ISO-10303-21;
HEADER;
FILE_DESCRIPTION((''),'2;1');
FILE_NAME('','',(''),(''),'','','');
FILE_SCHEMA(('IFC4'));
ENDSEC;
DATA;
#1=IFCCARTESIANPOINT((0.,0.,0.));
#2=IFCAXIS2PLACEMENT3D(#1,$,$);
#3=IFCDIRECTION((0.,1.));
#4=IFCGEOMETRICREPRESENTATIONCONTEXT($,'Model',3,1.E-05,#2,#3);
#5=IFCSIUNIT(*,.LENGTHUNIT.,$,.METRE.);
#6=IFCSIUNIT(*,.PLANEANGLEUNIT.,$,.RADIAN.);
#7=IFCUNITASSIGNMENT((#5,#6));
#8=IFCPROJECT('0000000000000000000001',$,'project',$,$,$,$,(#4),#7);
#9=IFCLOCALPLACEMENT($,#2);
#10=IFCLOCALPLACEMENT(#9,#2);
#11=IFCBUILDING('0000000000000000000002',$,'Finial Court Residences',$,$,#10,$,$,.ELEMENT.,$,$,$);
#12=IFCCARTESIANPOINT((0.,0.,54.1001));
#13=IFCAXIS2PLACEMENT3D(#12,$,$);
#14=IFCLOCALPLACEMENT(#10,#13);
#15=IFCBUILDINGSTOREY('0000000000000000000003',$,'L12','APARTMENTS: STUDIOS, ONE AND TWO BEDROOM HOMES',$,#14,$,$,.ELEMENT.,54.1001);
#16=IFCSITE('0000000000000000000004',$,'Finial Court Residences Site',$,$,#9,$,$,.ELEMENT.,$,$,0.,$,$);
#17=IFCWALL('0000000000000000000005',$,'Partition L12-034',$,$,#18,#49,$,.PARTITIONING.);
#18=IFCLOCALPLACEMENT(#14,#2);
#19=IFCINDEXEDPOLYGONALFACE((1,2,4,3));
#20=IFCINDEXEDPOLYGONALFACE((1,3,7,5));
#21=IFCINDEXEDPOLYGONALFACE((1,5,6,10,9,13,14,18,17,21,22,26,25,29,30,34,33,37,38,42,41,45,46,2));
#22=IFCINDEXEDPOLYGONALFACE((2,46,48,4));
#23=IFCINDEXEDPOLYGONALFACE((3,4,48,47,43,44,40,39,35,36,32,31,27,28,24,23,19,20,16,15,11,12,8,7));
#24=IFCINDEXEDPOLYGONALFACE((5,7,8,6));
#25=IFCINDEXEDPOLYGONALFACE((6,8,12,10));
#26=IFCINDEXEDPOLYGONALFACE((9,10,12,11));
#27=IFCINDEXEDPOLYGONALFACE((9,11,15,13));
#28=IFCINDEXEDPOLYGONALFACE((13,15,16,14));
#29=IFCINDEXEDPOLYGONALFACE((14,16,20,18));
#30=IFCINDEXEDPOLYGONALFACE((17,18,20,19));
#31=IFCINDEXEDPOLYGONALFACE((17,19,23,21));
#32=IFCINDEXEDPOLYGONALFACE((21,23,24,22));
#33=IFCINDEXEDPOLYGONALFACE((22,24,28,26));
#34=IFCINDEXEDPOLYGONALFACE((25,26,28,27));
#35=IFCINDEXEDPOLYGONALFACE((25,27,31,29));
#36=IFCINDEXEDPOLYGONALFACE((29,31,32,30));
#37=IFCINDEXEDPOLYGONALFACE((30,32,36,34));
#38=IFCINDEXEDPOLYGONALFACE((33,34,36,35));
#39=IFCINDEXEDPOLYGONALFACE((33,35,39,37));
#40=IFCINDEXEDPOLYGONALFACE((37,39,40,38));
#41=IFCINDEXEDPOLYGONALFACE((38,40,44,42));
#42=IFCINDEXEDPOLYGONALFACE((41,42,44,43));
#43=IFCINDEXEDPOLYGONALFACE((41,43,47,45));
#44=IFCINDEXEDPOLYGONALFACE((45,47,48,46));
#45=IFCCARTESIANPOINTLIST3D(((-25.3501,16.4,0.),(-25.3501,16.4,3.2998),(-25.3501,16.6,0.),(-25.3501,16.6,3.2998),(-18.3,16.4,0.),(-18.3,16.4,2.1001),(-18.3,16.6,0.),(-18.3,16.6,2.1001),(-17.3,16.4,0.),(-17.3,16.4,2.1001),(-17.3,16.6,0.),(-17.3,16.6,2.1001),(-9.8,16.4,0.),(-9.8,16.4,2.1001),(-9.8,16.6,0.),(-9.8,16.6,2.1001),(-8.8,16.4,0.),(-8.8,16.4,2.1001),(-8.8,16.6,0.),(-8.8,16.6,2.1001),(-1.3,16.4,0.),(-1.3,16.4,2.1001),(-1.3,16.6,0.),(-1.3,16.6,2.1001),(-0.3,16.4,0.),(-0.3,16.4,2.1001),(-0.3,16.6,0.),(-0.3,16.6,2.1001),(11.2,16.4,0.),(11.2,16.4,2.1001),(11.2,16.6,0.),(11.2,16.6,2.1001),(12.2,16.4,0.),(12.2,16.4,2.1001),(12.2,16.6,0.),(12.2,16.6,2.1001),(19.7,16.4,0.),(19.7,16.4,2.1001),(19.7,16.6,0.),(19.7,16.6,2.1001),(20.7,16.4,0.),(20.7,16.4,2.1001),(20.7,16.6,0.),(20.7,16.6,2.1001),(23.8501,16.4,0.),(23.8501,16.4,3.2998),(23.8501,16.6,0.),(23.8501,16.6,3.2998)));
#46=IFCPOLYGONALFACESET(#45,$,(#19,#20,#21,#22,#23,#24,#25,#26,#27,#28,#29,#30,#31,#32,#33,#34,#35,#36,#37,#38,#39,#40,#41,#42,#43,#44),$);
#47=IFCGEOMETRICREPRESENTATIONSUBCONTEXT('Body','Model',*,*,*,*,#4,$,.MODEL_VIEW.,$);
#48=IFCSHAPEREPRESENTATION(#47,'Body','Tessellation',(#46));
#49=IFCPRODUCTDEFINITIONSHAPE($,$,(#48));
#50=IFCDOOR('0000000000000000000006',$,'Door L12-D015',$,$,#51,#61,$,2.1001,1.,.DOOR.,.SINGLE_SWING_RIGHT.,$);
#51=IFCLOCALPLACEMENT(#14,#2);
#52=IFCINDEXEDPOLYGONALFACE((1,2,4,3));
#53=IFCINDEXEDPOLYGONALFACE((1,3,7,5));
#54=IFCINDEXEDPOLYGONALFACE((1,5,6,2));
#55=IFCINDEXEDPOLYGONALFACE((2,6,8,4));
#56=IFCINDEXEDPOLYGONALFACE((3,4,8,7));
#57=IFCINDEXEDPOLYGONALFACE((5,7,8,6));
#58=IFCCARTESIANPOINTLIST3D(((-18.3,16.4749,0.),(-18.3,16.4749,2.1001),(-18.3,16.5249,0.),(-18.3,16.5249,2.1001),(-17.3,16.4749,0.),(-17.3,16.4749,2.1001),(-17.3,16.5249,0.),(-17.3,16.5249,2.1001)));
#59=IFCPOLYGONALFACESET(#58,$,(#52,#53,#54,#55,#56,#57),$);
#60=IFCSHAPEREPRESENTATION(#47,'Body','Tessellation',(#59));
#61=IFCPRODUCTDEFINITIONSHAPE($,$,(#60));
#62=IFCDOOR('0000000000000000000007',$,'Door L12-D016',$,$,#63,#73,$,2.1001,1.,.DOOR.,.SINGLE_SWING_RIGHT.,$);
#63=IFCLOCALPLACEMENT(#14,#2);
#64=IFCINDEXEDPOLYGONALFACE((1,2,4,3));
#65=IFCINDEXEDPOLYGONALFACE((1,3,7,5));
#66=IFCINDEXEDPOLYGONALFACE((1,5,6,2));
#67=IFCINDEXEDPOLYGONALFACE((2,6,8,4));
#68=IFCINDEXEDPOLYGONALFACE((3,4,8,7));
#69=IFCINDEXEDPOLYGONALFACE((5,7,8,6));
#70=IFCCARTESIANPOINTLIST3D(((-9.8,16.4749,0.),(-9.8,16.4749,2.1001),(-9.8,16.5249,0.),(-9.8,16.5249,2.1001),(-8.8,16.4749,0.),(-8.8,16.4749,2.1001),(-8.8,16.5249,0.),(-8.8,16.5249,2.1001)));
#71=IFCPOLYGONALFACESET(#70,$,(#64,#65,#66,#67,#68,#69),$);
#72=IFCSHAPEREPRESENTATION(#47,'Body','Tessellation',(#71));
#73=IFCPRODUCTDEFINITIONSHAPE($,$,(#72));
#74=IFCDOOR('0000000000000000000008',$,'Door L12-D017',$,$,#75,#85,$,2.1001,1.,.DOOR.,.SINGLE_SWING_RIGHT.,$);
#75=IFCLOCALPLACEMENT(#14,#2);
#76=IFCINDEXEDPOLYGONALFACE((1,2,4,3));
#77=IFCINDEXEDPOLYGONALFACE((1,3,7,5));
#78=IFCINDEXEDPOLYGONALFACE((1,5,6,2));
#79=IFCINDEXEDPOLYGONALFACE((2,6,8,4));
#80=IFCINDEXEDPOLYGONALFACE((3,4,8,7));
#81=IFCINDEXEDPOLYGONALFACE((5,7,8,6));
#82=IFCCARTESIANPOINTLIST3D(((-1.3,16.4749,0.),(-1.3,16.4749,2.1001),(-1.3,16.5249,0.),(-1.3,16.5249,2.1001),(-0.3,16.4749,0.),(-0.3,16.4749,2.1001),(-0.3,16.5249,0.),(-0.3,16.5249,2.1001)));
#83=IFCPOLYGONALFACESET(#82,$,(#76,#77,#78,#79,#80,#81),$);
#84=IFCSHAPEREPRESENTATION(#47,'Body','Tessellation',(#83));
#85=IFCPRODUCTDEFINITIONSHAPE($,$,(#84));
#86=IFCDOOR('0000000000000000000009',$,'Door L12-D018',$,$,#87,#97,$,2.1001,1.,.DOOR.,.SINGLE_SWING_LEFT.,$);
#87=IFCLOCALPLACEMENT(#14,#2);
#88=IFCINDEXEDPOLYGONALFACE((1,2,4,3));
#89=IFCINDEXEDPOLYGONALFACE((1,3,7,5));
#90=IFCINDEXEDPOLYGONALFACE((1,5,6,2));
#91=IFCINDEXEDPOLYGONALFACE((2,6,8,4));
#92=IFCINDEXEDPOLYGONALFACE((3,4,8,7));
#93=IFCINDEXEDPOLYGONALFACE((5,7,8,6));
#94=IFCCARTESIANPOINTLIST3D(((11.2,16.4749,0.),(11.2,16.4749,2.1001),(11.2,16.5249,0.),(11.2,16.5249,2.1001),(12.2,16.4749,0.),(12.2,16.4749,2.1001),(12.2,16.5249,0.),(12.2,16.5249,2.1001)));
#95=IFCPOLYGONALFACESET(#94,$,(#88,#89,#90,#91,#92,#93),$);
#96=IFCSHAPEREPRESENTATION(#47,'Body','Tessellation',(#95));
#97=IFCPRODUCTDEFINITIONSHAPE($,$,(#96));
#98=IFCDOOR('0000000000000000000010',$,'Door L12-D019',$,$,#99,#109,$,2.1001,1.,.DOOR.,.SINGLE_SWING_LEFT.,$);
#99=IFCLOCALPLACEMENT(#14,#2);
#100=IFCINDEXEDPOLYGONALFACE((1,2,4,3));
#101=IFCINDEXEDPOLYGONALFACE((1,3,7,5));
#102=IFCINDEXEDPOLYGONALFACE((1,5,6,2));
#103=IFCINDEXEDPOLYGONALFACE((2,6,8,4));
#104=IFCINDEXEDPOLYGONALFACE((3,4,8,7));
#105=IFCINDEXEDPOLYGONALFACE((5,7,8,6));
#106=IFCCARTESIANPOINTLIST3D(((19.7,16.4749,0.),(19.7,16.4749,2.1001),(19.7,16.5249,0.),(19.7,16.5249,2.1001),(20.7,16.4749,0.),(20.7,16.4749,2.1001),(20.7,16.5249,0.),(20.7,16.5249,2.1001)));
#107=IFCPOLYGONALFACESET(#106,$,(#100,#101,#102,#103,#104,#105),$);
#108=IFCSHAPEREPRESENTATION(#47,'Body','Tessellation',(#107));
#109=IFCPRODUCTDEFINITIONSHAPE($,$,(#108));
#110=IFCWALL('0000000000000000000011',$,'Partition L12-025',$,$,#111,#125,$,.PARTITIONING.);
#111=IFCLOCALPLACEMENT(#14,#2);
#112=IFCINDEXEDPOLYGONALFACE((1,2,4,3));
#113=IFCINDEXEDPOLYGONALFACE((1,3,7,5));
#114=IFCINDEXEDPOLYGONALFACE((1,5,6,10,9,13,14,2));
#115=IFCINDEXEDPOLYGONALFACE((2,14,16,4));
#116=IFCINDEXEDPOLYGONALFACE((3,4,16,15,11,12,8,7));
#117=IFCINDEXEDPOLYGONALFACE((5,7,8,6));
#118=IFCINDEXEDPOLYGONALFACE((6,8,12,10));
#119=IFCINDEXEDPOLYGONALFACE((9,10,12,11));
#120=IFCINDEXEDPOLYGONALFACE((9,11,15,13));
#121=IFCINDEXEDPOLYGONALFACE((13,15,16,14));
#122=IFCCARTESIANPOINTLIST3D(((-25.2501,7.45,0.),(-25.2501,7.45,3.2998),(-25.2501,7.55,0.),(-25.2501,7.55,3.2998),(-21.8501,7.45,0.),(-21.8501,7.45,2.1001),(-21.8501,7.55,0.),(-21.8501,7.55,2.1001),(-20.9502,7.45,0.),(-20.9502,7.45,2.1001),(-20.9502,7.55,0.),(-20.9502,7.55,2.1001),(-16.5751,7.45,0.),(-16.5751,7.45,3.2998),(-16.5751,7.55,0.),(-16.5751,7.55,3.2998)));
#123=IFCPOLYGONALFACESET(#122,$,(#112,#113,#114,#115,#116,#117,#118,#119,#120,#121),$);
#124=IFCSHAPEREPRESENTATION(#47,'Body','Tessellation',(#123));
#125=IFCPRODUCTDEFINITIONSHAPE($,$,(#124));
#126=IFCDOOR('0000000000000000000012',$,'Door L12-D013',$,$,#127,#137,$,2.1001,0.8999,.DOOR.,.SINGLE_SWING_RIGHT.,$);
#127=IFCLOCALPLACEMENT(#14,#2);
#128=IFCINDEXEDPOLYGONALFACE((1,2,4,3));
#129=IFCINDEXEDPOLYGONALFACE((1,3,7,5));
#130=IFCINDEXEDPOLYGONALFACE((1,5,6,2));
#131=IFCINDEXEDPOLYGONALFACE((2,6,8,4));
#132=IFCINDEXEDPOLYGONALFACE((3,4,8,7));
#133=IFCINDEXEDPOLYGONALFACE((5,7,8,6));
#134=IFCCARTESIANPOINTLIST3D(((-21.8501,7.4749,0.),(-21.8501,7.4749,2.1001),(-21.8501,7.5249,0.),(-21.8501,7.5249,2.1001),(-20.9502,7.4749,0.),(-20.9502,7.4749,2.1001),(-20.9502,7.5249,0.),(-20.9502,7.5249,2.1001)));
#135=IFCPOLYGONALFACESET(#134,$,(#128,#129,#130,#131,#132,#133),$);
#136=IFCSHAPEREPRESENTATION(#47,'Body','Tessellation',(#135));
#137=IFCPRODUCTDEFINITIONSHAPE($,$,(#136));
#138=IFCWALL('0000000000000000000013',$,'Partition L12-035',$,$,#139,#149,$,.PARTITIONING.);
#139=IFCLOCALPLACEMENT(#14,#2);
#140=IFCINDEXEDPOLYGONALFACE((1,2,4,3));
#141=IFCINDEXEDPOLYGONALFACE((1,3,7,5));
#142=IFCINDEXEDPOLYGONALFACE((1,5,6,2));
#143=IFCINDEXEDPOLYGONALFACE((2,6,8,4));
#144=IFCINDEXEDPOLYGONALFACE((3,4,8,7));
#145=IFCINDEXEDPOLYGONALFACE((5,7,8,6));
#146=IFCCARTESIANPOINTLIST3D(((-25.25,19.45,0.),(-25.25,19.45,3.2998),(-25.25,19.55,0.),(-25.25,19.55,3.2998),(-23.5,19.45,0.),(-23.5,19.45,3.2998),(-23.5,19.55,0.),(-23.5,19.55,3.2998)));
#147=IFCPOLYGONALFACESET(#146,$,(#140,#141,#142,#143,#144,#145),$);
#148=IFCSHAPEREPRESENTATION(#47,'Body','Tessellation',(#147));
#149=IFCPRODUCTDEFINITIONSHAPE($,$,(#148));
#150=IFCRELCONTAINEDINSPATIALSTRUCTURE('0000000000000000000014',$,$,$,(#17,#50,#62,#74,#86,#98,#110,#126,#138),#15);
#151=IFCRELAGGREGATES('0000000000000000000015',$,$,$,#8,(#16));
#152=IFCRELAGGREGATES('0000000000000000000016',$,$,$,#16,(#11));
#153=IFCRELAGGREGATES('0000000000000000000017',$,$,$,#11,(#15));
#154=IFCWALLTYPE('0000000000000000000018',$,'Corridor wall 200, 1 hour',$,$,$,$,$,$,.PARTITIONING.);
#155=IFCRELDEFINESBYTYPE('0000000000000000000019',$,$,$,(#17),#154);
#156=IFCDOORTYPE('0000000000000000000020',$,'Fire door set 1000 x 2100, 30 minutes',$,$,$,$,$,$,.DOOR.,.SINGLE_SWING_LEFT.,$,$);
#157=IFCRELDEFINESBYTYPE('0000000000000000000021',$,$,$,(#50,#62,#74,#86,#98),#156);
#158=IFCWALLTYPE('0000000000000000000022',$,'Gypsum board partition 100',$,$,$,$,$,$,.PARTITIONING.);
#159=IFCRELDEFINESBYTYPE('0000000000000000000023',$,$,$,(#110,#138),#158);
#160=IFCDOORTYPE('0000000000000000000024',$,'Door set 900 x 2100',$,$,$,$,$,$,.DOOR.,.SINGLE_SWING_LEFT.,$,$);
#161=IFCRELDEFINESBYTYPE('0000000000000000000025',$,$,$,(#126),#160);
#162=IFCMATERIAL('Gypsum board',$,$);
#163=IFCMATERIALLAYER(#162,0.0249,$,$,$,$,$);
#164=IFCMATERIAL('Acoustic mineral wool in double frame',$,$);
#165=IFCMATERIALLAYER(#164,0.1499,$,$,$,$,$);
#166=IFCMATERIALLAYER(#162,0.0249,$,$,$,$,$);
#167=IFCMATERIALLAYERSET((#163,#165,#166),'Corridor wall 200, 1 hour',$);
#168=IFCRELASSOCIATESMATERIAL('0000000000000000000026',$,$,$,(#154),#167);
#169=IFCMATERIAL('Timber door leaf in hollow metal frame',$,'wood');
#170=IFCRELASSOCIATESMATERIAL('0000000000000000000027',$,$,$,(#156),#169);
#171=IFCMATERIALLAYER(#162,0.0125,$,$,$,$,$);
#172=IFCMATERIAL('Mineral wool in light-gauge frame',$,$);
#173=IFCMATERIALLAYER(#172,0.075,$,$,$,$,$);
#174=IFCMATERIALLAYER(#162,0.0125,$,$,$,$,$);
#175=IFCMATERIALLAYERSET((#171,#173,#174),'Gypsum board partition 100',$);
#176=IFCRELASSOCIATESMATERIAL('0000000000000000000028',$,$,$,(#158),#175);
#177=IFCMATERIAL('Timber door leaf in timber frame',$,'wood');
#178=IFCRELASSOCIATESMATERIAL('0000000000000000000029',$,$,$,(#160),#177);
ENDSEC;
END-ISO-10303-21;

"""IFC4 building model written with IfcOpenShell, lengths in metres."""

from ifc_helpers import new_model, si_unit, direction, frame, frame_2d, origin, place, context, subcontext, project, spatial, rectangle, extrude, material, layer, layer_set, type_object, element, fill, save


model = new_model("IFC4")

# Units and contexts
model_context = context("Model", 3, precision=1e-05, world=origin(), true_north=direction((0.0, 1.0)))
body_context = subcontext(model_context, "Body", "Model", "MODEL_VIEW")
ifc_project = project(units=[si_unit("LENGTHUNIT", "METRE"), si_unit("PLANEANGLEUNIT", "RADIAN")], contexts=[model_context])

# Site, building, storey
site_placement = place(None, origin())
site = spatial("IfcSite", under=ifc_project, at=site_placement, Name="Finial Court Residences Site", CompositionType="ELEMENT", RefElevation=0.0)
building_placement = place(site_placement, origin())
building = spatial("IfcBuilding", under=site, at=building_placement, Name="Finial Court Residences", CompositionType="ELEMENT")
storey_placement = place(building_placement, frame((0.0, 0.0, 54.1001)))
storey = spatial("IfcBuildingStorey", under=building, at=storey_placement, Name="L12", Description="APARTMENTS: STUDIOS, ONE AND TWO BEDROOM HOMES", CompositionType="ELEMENT", Elevation=54.1001)

# Shared definitions
ifc_material_1 = material(Name="Gypsum board")
ifc_layer_1 = layer(ifc_material_1, 0.0249)
ifc_material_2 = material(Name="Acoustic mineral wool in double frame")
ifc_layer_2 = layer(ifc_material_2, 0.1499)
ifc_layer_3 = layer(ifc_material_1, 0.0249)
ifc_layer_set_1 = layer_set([ifc_layer_1, ifc_layer_2, ifc_layer_3], Name="Corridor wall 200, 1 hour")
wall_type_1 = type_object("IfcWallType", Name="Corridor wall 200, 1 hour", PredefinedType="PARTITIONING", material=ifc_layer_set_1)

# Wall, openings, doors
wall_1_placement = place(storey_placement, frame((-25.3501, 16.5, 0.0), z_axis=(0.0, 0.0, 1.0), x_axis=(1.0, 0.0, 0.0)))
wall_1 = element("IfcWall", 1, at=wall_1_placement, inside=storey, type_object=wall_type_1, Name="Partition L12-034", PredefinedType="PARTITIONING", context=body_context, shape_type="SweptSolid", body=[
    extrude(rectangle(XDim=49.2002, YDim=0.2, at=frame_2d((24.6001, 0.0))), origin(), (0.0, 0.0, 1.0), 3.2998),
])
opening_1_placement = place(wall_1_placement, frame((7.05, 0.0, 0.0)))
opening_1 = element("IfcOpeningElement", 2, at=opening_1_placement, cuts=wall_1, PredefinedType="OPENING", context=body_context, shape_type="SweptSolid", body=[
    extrude(rectangle(XDim=1.0, YDim=2.1001, at=frame_2d((0.5, 1.05))), frame((0.0, 0.1099, 0.0), z_axis=(0.0, -1.0, 0.0), x_axis=(1.0, 0.0, 0.0)), (0.0, 0.0, 1.0), 0.22),
])
opening_2_placement = place(wall_1_placement, frame((15.55, 0.0, 0.0)))
opening_2 = element("IfcOpeningElement", 3, at=opening_2_placement, cuts=wall_1, PredefinedType="OPENING", context=body_context, shape_type="SweptSolid", body=[
    extrude(rectangle(XDim=1.0, YDim=2.1001, at=frame_2d((0.5, 1.05))), frame((0.0, 0.1099, 0.0), z_axis=(0.0, -1.0, 0.0), x_axis=(1.0, 0.0, 0.0)), (0.0, 0.0, 1.0), 0.22),
])
opening_3_placement = place(wall_1_placement, frame((24.05, 0.0, 0.0)))
opening_3 = element("IfcOpeningElement", 4, at=opening_3_placement, cuts=wall_1, PredefinedType="OPENING", context=body_context, shape_type="SweptSolid", body=[
    extrude(rectangle(XDim=1.0, YDim=2.1001, at=frame_2d((0.5, 1.05))), frame((0.0, 0.1099, 0.0), z_axis=(0.0, -1.0, 0.0), x_axis=(1.0, 0.0, 0.0)), (0.0, 0.0, 1.0), 0.22),
])
opening_4_placement = place(wall_1_placement, frame((36.55, 0.0, 0.0)))
opening_4 = element("IfcOpeningElement", 5, at=opening_4_placement, cuts=wall_1, PredefinedType="OPENING", context=body_context, shape_type="SweptSolid", body=[
    extrude(rectangle(XDim=1.0, YDim=2.1001, at=frame_2d((0.5, 1.05))), frame((0.0, 0.1099, 0.0), z_axis=(0.0, -1.0, 0.0), x_axis=(1.0, 0.0, 0.0)), (0.0, 0.0, 1.0), 0.22),
])
opening_5_placement = place(wall_1_placement, frame((45.05, 0.0, 0.0)))
opening_5 = element("IfcOpeningElement", 6, at=opening_5_placement, cuts=wall_1, PredefinedType="OPENING", context=body_context, shape_type="SweptSolid", body=[
    extrude(rectangle(XDim=1.0, YDim=2.1001, at=frame_2d((0.5, 1.05))), frame((0.0, 0.1099, 0.0), z_axis=(0.0, -1.0, 0.0), x_axis=(1.0, 0.0, 0.0)), (0.0, 0.0, 1.0), 0.22),
])
ifc_material_3 = material(Name="Timber door leaf in hollow metal frame", Category="wood")
door_type_1 = type_object("IfcDoorType", Name="Fire door set 1000 x 2100, 30 minutes", OperationType="SINGLE_SWING_LEFT", PredefinedType="DOOR", material=ifc_material_3)
door_1_placement = place(opening_1_placement, origin())
door_1 = element("IfcDoor", 7, at=door_1_placement, inside=storey, type_object=door_type_1, Name="Door L12-D015", OperationType="SINGLE_SWING_RIGHT", OverallHeight=2.1001, OverallWidth=1.0, PredefinedType="DOOR", context=body_context, shape_type="SweptSolid", body=[
    extrude(rectangle(XDim=1.0, YDim=2.1001, at=frame_2d((0.5, 1.05))), frame((0.0, 0.0249, 0.0), z_axis=(0.0, -1.0, 0.0), x_axis=(1.0, 0.0, 0.0)), (0.0, 0.0, 1.0), 0.05),
])
fill(opening_1, door_1)
door_2_placement = place(opening_2_placement, origin())
door_2 = element("IfcDoor", 8, at=door_2_placement, inside=storey, type_object=door_type_1, Name="Door L12-D016", OperationType="SINGLE_SWING_RIGHT", OverallHeight=2.1001, OverallWidth=1.0, PredefinedType="DOOR", context=body_context, shape_type="SweptSolid", body=[
    extrude(rectangle(XDim=1.0, YDim=2.1001, at=frame_2d((0.5, 1.05))), frame((0.0, 0.0249, 0.0), z_axis=(0.0, -1.0, 0.0), x_axis=(1.0, 0.0, 0.0)), (0.0, 0.0, 1.0), 0.05),
])
fill(opening_2, door_2)
door_3_placement = place(opening_3_placement, origin())
door_3 = element("IfcDoor", 9, at=door_3_placement, inside=storey, type_object=door_type_1, Name="Door L12-D017", OperationType="SINGLE_SWING_RIGHT", OverallHeight=2.1001, OverallWidth=1.0, PredefinedType="DOOR", context=body_context, shape_type="SweptSolid", body=[
    extrude(rectangle(XDim=1.0, YDim=2.1001, at=frame_2d((0.5, 1.05))), frame((0.0, 0.0249, 0.0), z_axis=(0.0, -1.0, 0.0), x_axis=(1.0, 0.0, 0.0)), (0.0, 0.0, 1.0), 0.05),
])
fill(opening_3, door_3)
door_4_placement = place(opening_4_placement, origin())
door_4 = element("IfcDoor", 10, at=door_4_placement, inside=storey, type_object=door_type_1, Name="Door L12-D018", OperationType="SINGLE_SWING_LEFT", OverallHeight=2.1001, OverallWidth=1.0, PredefinedType="DOOR", context=body_context, shape_type="SweptSolid", body=[
    extrude(rectangle(XDim=1.0, YDim=2.1001, at=frame_2d((0.5, 1.05))), frame((0.0, 0.0249, 0.0), z_axis=(0.0, -1.0, 0.0), x_axis=(1.0, 0.0, 0.0)), (0.0, 0.0, 1.0), 0.05),
])
fill(opening_4, door_4)
door_5_placement = place(opening_5_placement, origin())
door_5 = element("IfcDoor", 11, at=door_5_placement, inside=storey, type_object=door_type_1, Name="Door L12-D019", OperationType="SINGLE_SWING_LEFT", OverallHeight=2.1001, OverallWidth=1.0, PredefinedType="DOOR", context=body_context, shape_type="SweptSolid", body=[
    extrude(rectangle(XDim=1.0, YDim=2.1001, at=frame_2d((0.5, 1.05))), frame((0.0, 0.0249, 0.0), z_axis=(0.0, -1.0, 0.0), x_axis=(1.0, 0.0, 0.0)), (0.0, 0.0, 1.0), 0.05),
])
fill(opening_5, door_5)

# Wall, opening, door
ifc_layer_4 = layer(ifc_material_1, 0.0125)
ifc_material_4 = material(Name="Mineral wool in light-gauge frame")
ifc_layer_5 = layer(ifc_material_4, 0.075)
ifc_layer_6 = layer(ifc_material_1, 0.0125)
ifc_layer_set_2 = layer_set([ifc_layer_4, ifc_layer_5, ifc_layer_6], Name="Gypsum board partition 100")
wall_type_2 = type_object("IfcWallType", Name="Gypsum board partition 100", PredefinedType="PARTITIONING", material=ifc_layer_set_2)
wall_2_placement = place(storey_placement, frame((-25.25, 7.5, 0.0), z_axis=(0.0, 0.0, 1.0), x_axis=(1.0, 0.0, 0.0)))
wall_2 = element("IfcWall", 12, at=wall_2_placement, inside=storey, type_object=wall_type_2, Name="Partition L12-025", PredefinedType="PARTITIONING", context=body_context, shape_type="SweptSolid", body=[
    extrude(rectangle(XDim=8.675, YDim=0.1001, at=frame_2d((4.3374, 0.0))), origin(), (0.0, 0.0, 1.0), 3.2998),
])
opening_6_placement = place(wall_2_placement, frame((3.3999, 0.0, 0.0)))
opening_6 = element("IfcOpeningElement", 13, at=opening_6_placement, cuts=wall_2, PredefinedType="OPENING", context=body_context, shape_type="SweptSolid", body=[
    extrude(rectangle(XDim=0.8999, YDim=2.1001, at=frame_2d((0.45, 1.05))), frame((0.0, 0.0601, 0.0), z_axis=(0.0, -1.0, 0.0), x_axis=(1.0, 0.0, 0.0)), (0.0, 0.0, 1.0), 0.1201),
])
ifc_material_5 = material(Name="Timber door leaf in timber frame", Category="wood")
door_type_2 = type_object("IfcDoorType", Name="Door set 900 x 2100", OperationType="SINGLE_SWING_LEFT", PredefinedType="DOOR", material=ifc_material_5)
door_6_placement = place(opening_6_placement, origin())
door_6 = element("IfcDoor", 14, at=door_6_placement, inside=storey, type_object=door_type_2, Name="Door L12-D013", OperationType="SINGLE_SWING_RIGHT", OverallHeight=2.1001, OverallWidth=0.8999, PredefinedType="DOOR", context=body_context, shape_type="SweptSolid", body=[
    extrude(rectangle(XDim=0.8999, YDim=2.1001, at=frame_2d((0.45, 1.05))), frame((0.0, 0.0249, 0.0), z_axis=(0.0, -1.0, 0.0), x_axis=(1.0, 0.0, 0.0)), (0.0, 0.0, 1.0), 0.05),
])
fill(opening_6, door_6)

# Wall
wall_3_placement = place(storey_placement, frame((-25.25, 19.5, 0.0), z_axis=(0.0, 0.0, 1.0), x_axis=(1.0, 0.0, 0.0)))
element("IfcWall", 15, at=wall_3_placement, inside=storey, type_object=wall_type_2, Name="Partition L12-035", PredefinedType="PARTITIONING", context=body_context, shape_type="SweptSolid", body=[
    extrude(rectangle(XDim=1.75, YDim=0.1001, at=frame_2d((0.875, 0.0))), origin(), (0.0, 0.0, 1.0), 3.2998),
])

save(model, "model.ifc")
